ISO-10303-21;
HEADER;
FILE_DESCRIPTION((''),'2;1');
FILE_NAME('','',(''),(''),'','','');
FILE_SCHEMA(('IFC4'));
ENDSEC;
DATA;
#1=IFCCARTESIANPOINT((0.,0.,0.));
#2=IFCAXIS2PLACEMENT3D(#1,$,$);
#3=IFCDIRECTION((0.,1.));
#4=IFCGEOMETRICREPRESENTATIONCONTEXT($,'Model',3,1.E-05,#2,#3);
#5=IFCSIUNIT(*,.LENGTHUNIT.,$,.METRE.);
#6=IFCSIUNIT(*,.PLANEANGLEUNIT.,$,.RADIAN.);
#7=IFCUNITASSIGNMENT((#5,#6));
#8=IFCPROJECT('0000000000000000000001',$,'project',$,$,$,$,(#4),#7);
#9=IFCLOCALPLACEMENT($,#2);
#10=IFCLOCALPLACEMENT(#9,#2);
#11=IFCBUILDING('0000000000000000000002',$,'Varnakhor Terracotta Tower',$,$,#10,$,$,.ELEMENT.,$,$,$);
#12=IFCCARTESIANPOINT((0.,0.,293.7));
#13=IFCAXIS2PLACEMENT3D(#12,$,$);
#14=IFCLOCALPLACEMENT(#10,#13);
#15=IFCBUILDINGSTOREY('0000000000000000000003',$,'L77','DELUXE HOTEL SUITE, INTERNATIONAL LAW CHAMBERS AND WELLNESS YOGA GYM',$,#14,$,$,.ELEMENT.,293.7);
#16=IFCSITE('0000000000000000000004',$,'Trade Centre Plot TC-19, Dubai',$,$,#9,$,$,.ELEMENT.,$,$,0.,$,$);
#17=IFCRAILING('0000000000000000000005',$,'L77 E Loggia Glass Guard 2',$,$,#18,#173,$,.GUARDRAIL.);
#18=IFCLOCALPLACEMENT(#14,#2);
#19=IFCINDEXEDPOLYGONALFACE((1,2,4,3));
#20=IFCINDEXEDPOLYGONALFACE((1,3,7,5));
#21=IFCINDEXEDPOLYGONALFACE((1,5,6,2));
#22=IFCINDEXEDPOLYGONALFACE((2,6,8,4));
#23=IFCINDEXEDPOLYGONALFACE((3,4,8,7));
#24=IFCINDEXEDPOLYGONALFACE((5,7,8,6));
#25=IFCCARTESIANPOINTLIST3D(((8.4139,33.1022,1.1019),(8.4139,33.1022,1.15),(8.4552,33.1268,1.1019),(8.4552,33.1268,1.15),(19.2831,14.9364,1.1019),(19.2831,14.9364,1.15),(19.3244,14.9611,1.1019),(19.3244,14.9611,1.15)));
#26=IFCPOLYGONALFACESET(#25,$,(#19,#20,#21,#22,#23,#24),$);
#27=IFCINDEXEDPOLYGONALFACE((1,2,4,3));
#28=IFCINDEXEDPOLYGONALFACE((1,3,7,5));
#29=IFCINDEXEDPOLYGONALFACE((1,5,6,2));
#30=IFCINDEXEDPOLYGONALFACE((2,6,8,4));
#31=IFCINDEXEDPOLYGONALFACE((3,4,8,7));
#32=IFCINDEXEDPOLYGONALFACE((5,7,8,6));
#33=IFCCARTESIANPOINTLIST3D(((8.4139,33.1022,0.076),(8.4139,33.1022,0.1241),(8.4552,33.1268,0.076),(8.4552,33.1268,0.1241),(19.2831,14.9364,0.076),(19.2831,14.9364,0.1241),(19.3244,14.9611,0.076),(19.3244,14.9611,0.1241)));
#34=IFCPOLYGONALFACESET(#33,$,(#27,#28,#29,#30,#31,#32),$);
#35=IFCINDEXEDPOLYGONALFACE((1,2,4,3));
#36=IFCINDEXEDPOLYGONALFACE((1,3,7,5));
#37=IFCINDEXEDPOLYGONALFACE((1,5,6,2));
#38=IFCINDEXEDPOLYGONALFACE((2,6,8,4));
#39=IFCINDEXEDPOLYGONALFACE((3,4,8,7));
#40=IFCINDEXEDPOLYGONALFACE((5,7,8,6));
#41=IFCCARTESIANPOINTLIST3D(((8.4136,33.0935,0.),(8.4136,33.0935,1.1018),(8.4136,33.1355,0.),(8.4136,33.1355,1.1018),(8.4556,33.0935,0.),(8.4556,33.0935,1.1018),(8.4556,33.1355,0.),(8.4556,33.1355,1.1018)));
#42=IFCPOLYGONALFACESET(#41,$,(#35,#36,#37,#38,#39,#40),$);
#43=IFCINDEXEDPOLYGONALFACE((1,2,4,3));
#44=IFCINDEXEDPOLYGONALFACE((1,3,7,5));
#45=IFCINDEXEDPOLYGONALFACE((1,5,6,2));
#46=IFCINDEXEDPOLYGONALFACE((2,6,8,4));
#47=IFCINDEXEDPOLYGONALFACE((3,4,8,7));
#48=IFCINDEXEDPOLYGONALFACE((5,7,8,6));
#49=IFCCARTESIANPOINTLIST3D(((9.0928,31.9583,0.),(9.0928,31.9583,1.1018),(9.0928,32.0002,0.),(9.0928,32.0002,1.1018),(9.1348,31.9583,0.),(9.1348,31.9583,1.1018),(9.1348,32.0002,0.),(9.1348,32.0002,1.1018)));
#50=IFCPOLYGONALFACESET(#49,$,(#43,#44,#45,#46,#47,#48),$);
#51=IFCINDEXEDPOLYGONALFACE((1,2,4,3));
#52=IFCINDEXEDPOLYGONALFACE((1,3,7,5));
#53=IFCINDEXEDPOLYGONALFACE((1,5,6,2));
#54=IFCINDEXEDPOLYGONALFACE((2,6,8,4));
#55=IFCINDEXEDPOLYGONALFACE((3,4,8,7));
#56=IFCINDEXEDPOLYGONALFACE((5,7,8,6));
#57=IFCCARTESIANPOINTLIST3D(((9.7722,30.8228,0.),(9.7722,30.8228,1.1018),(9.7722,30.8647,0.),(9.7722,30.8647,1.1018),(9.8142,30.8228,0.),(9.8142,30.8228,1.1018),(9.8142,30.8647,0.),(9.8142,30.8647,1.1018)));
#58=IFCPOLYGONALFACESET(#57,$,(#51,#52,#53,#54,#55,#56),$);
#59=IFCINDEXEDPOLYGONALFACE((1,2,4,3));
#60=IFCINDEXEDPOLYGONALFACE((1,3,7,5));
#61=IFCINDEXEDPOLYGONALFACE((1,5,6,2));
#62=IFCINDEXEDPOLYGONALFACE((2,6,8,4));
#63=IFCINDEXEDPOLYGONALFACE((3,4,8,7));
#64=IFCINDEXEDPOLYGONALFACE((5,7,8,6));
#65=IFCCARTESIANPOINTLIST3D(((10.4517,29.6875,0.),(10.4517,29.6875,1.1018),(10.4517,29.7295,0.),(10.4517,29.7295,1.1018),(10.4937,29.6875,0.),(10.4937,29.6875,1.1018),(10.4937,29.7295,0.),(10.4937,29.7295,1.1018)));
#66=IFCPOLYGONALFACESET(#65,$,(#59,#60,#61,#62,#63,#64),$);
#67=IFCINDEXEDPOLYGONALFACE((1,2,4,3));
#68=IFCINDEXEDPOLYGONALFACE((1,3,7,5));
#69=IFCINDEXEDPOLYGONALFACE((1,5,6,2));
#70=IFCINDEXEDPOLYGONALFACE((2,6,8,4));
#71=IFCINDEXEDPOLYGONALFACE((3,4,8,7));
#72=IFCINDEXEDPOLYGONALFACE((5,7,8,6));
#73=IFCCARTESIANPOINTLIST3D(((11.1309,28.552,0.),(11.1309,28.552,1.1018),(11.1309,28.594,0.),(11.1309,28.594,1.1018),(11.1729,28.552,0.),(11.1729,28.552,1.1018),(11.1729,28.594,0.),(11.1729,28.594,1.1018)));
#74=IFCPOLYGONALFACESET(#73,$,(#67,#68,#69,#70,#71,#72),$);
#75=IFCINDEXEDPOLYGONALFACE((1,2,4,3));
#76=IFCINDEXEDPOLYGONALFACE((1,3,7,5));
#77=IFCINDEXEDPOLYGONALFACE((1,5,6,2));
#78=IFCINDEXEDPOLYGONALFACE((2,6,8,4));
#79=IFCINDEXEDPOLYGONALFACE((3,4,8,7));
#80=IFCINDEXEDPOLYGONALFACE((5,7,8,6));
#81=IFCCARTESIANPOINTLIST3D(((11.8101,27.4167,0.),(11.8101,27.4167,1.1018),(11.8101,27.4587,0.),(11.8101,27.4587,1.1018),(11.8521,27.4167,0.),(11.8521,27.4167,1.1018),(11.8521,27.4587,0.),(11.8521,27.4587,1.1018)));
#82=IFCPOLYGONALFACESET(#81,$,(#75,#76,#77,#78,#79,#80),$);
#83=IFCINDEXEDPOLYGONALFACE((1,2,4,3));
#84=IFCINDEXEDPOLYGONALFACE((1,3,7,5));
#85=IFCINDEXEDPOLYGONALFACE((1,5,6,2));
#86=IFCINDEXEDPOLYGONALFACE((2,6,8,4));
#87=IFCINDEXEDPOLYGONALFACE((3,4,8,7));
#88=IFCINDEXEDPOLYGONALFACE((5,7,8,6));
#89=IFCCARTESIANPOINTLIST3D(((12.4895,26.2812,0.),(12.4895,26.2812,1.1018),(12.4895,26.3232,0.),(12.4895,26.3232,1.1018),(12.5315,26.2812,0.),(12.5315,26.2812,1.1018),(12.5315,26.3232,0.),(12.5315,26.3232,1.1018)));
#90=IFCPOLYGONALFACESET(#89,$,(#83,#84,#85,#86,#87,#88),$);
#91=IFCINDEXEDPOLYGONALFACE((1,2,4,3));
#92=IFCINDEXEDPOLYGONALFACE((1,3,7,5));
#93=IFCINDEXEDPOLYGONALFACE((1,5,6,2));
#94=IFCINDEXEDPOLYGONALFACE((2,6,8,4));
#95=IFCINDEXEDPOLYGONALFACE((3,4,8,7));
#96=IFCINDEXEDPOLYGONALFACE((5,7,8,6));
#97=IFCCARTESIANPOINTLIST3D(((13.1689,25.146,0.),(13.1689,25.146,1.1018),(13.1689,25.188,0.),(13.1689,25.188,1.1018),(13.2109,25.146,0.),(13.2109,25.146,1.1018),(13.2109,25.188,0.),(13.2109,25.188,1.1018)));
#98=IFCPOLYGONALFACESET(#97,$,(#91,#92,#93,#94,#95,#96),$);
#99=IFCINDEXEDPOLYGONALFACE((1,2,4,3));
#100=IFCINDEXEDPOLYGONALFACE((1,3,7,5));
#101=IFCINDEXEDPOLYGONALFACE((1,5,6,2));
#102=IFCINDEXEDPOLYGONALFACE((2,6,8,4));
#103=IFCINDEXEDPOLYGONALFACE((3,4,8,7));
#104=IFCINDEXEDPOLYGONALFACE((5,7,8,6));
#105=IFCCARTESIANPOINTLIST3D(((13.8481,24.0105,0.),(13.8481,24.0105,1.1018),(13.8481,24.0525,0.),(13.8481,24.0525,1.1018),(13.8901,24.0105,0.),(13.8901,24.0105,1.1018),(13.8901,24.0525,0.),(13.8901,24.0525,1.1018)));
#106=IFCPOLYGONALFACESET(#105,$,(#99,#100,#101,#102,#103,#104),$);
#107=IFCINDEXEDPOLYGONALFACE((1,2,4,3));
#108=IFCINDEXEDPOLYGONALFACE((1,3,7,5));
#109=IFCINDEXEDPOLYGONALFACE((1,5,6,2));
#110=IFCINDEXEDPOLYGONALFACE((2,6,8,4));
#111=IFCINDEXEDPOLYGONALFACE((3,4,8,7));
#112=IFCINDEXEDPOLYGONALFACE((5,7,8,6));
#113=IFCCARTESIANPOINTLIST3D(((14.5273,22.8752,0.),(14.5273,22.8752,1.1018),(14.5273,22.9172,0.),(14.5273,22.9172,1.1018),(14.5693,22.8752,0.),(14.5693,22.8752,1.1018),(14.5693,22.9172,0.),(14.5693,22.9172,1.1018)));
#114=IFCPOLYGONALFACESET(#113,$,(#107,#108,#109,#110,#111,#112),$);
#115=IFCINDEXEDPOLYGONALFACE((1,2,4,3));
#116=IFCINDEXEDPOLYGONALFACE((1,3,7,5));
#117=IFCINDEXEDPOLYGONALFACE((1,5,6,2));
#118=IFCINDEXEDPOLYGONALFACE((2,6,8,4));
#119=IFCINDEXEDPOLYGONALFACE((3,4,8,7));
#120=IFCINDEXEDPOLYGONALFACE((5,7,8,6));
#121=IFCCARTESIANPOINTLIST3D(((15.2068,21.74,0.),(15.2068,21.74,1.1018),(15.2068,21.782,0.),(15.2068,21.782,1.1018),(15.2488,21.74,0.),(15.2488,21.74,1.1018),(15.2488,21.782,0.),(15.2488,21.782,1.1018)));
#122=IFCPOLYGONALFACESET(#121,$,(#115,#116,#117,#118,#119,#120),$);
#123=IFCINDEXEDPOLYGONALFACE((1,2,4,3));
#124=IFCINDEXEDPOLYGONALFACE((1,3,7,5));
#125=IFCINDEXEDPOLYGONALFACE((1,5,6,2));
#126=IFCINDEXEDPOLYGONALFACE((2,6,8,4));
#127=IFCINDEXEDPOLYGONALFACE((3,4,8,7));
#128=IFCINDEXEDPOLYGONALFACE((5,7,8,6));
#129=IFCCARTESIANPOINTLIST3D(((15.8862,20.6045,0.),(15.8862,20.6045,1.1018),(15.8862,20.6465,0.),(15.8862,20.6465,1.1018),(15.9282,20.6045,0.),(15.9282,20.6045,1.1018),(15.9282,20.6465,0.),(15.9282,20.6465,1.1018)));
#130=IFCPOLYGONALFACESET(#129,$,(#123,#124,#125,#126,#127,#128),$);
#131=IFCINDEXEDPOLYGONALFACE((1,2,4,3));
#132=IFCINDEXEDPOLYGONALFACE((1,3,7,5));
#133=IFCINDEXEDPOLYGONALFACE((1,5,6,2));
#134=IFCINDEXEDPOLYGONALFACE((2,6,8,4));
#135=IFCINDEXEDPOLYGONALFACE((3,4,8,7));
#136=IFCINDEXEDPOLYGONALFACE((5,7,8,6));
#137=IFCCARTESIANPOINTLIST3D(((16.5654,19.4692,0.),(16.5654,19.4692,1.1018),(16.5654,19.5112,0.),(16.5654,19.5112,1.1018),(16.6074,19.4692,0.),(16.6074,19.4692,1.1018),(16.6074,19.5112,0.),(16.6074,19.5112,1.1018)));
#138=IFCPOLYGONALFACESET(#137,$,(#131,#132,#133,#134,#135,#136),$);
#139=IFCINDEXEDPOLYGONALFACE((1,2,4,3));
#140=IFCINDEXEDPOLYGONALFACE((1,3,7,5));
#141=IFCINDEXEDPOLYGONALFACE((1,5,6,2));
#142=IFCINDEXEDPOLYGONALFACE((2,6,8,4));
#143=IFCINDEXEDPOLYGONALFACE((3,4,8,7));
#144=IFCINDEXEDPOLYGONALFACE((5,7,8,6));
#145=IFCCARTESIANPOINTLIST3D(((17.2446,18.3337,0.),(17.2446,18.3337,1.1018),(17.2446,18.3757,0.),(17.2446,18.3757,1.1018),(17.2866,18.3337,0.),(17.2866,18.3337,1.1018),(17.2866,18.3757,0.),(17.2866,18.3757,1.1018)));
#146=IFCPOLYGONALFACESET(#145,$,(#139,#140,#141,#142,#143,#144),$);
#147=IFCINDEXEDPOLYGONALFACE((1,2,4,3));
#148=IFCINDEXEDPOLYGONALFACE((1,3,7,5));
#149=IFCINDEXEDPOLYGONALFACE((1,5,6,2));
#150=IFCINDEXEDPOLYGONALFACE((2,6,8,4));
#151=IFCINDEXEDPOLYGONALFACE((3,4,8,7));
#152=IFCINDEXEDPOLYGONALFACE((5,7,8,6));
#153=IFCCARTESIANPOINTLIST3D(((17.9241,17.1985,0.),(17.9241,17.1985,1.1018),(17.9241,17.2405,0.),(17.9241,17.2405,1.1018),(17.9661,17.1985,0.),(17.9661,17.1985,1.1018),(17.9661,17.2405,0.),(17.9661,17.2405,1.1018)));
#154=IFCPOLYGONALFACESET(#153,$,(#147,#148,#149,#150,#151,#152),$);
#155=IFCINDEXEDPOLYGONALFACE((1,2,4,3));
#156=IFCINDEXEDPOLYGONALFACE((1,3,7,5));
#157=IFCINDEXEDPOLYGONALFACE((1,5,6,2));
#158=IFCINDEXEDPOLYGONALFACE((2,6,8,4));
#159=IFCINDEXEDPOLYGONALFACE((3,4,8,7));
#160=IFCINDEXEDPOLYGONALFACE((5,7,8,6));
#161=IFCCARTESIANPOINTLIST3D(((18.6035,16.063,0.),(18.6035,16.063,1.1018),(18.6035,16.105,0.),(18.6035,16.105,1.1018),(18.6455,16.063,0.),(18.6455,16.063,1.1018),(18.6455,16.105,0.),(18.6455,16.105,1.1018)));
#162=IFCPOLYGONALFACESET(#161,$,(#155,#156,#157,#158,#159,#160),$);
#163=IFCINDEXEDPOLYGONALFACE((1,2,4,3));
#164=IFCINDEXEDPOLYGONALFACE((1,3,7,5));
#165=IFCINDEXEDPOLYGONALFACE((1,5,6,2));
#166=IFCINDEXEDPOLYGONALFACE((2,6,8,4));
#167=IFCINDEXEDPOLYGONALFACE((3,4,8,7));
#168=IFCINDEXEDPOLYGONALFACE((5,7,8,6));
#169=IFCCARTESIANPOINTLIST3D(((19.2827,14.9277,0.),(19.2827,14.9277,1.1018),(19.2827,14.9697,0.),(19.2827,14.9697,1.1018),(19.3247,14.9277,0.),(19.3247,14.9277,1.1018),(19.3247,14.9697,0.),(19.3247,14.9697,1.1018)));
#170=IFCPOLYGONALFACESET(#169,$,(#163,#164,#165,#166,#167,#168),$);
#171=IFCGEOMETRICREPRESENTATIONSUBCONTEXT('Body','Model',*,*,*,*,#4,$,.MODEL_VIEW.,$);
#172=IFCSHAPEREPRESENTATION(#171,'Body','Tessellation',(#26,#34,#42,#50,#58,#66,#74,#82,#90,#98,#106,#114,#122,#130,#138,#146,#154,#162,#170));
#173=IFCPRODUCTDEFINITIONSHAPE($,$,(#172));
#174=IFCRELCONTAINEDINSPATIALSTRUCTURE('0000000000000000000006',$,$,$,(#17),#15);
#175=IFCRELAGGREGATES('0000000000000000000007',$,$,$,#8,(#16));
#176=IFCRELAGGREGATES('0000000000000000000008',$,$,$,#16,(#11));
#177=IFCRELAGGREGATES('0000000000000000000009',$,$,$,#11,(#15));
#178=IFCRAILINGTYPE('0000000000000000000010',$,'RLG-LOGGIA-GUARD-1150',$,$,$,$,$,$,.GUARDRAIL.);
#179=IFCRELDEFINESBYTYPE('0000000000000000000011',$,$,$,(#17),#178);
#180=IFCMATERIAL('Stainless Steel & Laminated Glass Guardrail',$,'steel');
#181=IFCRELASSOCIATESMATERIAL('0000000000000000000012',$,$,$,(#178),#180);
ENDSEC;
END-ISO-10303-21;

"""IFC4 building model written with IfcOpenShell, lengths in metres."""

from ifc_helpers import new_model, si_unit, direction, frame, origin, origin_2d, place, context, subcontext, project, spatial, rectangle, extrude, material, type_object, element, save


model = new_model("IFC4")

# Units and contexts
model_context = context("Model", 3, precision=1e-05, world=origin(), true_north=direction((0.0, 1.0)))
body_context = subcontext(model_context, "Body", "Model", "MODEL_VIEW")
ifc_project = project(units=[si_unit("LENGTHUNIT", "METRE"), si_unit("PLANEANGLEUNIT", "RADIAN")], contexts=[model_context])

# Site, building, storey
site_placement = place(None, origin())
site = spatial("IfcSite", under=ifc_project, at=site_placement, Name="Trade Centre Plot TC-19, Dubai", CompositionType="ELEMENT", RefElevation=0.0)
building_placement = place(site_placement, origin())
building = spatial("IfcBuilding", under=site, at=building_placement, Name="Varnakhor Terracotta Tower", CompositionType="ELEMENT")
storey_placement = place(building_placement, frame((0.0, 0.0, 293.7)))
storey = spatial("IfcBuildingStorey", under=building, at=storey_placement, Name="L77", Description="DELUXE HOTEL SUITE, INTERNATIONAL LAW CHAMBERS AND WELLNESS YOGA GYM", CompositionType="ELEMENT", Elevation=293.7)

# Railing
ifc_material_1 = material(Name="Stainless Steel & Laminated Glass Guardrail", Category="steel")
railing_type = type_object("IfcRailingType", Name="RLG-LOGGIA-GUARD-1150", PredefinedType="GUARDRAIL", material=ifc_material_1)
railing_1_placement = place(storey_placement, frame((8.4346, 33.1145, 0.0)))
element("IfcRailing", 1, at=railing_1_placement, inside=storey, type_object=railing_type, Name="L77 E Loggia Glass Guard 2", PredefinedType="GUARDRAIL", context=body_context, shape_type="SweptSolid", body=[
    extrude(rectangle(XDim=0.0481, YDim=0.0481, at=origin_2d()), frame((0.0, 0.0, 1.126), z_axis=(0.513442, -0.858124, 0.0), x_axis=(0.858124, 0.513442, 0.0)), (0.0, 0.0, 1.0), 21.1692),
    extrude(rectangle(XDim=0.0481, YDim=0.0481, at=origin_2d()), frame((0.0, 0.0, 0.1001), z_axis=(0.513442, -0.858124, 0.0), x_axis=(0.858124, 0.513442, 0.0)), (0.0, 0.0, 1.0), 21.1692),
    extrude(rectangle(XDim=0.042, YDim=0.042, at=origin_2d()), origin(), (0.0, 0.0, 1.0), 1.1018),
    extrude(rectangle(XDim=0.042, YDim=0.042, at=origin_2d()), frame((0.6792, -1.1353, 0.0)), (0.0, 0.0, 1.0), 1.1018),
    extrude(rectangle(XDim=0.042, YDim=0.042, at=origin_2d()), frame((1.3586, -2.2708, 0.0)), (0.0, 0.0, 1.0), 1.1018),
    extrude(rectangle(XDim=0.042, YDim=0.042, at=origin_2d()), frame((2.0381, -3.406, 0.0)), (0.0, 0.0, 1.0), 1.1018),
    extrude(rectangle(XDim=0.042, YDim=0.042, at=origin_2d()), frame((2.7173, -4.5415, 0.0)), (0.0, 0.0, 1.0), 1.1018),
    extrude(rectangle(XDim=0.042, YDim=0.042, at=origin_2d()), frame((3.3965, -5.6768, 0.0)), (0.0, 0.0, 1.0), 1.1018),
    extrude(rectangle(XDim=0.042, YDim=0.042, at=origin_2d()), frame((4.0759, -6.8123, 0.0)), (0.0, 0.0, 1.0), 1.1018),
    extrude(rectangle(XDim=0.042, YDim=0.042, at=origin_2d()), frame((4.7554, -7.9475, 0.0)), (0.0, 0.0, 1.0), 1.1018),
    extrude(rectangle(XDim=0.042, YDim=0.042, at=origin_2d()), frame((5.4346, -9.083, 0.0)), (0.0, 0.0, 1.0), 1.1018),
    extrude(rectangle(XDim=0.042, YDim=0.042, at=origin_2d()), frame((6.1138, -10.2183, 0.0)), (0.0, 0.0, 1.0), 1.1018),
    extrude(rectangle(XDim=0.042, YDim=0.042, at=origin_2d()), frame((6.7932, -11.3535, 0.0)), (0.0, 0.0, 1.0), 1.1018),
    extrude(rectangle(XDim=0.042, YDim=0.042, at=origin_2d()), frame((7.4727, -12.489, 0.0)), (0.0, 0.0, 1.0), 1.1018),
    extrude(rectangle(XDim=0.042, YDim=0.042, at=origin_2d()), frame((8.1519, -13.6243, 0.0)), (0.0, 0.0, 1.0), 1.1018),
    extrude(rectangle(XDim=0.042, YDim=0.042, at=origin_2d()), frame((8.8311, -14.7598, 0.0)), (0.0, 0.0, 1.0), 1.1018),
    extrude(rectangle(XDim=0.042, YDim=0.042, at=origin_2d()), frame((9.5105, -15.895, 0.0)), (0.0, 0.0, 1.0), 1.1018),
    extrude(rectangle(XDim=0.042, YDim=0.042, at=origin_2d()), frame((10.1899, -17.0305, 0.0)), (0.0, 0.0, 1.0), 1.1018),
    extrude(rectangle(XDim=0.042, YDim=0.042, at=origin_2d()), frame((10.8691, -18.1658, 0.0)), (0.0, 0.0, 1.0), 1.1018),
])

save(model, "model.ifc")
